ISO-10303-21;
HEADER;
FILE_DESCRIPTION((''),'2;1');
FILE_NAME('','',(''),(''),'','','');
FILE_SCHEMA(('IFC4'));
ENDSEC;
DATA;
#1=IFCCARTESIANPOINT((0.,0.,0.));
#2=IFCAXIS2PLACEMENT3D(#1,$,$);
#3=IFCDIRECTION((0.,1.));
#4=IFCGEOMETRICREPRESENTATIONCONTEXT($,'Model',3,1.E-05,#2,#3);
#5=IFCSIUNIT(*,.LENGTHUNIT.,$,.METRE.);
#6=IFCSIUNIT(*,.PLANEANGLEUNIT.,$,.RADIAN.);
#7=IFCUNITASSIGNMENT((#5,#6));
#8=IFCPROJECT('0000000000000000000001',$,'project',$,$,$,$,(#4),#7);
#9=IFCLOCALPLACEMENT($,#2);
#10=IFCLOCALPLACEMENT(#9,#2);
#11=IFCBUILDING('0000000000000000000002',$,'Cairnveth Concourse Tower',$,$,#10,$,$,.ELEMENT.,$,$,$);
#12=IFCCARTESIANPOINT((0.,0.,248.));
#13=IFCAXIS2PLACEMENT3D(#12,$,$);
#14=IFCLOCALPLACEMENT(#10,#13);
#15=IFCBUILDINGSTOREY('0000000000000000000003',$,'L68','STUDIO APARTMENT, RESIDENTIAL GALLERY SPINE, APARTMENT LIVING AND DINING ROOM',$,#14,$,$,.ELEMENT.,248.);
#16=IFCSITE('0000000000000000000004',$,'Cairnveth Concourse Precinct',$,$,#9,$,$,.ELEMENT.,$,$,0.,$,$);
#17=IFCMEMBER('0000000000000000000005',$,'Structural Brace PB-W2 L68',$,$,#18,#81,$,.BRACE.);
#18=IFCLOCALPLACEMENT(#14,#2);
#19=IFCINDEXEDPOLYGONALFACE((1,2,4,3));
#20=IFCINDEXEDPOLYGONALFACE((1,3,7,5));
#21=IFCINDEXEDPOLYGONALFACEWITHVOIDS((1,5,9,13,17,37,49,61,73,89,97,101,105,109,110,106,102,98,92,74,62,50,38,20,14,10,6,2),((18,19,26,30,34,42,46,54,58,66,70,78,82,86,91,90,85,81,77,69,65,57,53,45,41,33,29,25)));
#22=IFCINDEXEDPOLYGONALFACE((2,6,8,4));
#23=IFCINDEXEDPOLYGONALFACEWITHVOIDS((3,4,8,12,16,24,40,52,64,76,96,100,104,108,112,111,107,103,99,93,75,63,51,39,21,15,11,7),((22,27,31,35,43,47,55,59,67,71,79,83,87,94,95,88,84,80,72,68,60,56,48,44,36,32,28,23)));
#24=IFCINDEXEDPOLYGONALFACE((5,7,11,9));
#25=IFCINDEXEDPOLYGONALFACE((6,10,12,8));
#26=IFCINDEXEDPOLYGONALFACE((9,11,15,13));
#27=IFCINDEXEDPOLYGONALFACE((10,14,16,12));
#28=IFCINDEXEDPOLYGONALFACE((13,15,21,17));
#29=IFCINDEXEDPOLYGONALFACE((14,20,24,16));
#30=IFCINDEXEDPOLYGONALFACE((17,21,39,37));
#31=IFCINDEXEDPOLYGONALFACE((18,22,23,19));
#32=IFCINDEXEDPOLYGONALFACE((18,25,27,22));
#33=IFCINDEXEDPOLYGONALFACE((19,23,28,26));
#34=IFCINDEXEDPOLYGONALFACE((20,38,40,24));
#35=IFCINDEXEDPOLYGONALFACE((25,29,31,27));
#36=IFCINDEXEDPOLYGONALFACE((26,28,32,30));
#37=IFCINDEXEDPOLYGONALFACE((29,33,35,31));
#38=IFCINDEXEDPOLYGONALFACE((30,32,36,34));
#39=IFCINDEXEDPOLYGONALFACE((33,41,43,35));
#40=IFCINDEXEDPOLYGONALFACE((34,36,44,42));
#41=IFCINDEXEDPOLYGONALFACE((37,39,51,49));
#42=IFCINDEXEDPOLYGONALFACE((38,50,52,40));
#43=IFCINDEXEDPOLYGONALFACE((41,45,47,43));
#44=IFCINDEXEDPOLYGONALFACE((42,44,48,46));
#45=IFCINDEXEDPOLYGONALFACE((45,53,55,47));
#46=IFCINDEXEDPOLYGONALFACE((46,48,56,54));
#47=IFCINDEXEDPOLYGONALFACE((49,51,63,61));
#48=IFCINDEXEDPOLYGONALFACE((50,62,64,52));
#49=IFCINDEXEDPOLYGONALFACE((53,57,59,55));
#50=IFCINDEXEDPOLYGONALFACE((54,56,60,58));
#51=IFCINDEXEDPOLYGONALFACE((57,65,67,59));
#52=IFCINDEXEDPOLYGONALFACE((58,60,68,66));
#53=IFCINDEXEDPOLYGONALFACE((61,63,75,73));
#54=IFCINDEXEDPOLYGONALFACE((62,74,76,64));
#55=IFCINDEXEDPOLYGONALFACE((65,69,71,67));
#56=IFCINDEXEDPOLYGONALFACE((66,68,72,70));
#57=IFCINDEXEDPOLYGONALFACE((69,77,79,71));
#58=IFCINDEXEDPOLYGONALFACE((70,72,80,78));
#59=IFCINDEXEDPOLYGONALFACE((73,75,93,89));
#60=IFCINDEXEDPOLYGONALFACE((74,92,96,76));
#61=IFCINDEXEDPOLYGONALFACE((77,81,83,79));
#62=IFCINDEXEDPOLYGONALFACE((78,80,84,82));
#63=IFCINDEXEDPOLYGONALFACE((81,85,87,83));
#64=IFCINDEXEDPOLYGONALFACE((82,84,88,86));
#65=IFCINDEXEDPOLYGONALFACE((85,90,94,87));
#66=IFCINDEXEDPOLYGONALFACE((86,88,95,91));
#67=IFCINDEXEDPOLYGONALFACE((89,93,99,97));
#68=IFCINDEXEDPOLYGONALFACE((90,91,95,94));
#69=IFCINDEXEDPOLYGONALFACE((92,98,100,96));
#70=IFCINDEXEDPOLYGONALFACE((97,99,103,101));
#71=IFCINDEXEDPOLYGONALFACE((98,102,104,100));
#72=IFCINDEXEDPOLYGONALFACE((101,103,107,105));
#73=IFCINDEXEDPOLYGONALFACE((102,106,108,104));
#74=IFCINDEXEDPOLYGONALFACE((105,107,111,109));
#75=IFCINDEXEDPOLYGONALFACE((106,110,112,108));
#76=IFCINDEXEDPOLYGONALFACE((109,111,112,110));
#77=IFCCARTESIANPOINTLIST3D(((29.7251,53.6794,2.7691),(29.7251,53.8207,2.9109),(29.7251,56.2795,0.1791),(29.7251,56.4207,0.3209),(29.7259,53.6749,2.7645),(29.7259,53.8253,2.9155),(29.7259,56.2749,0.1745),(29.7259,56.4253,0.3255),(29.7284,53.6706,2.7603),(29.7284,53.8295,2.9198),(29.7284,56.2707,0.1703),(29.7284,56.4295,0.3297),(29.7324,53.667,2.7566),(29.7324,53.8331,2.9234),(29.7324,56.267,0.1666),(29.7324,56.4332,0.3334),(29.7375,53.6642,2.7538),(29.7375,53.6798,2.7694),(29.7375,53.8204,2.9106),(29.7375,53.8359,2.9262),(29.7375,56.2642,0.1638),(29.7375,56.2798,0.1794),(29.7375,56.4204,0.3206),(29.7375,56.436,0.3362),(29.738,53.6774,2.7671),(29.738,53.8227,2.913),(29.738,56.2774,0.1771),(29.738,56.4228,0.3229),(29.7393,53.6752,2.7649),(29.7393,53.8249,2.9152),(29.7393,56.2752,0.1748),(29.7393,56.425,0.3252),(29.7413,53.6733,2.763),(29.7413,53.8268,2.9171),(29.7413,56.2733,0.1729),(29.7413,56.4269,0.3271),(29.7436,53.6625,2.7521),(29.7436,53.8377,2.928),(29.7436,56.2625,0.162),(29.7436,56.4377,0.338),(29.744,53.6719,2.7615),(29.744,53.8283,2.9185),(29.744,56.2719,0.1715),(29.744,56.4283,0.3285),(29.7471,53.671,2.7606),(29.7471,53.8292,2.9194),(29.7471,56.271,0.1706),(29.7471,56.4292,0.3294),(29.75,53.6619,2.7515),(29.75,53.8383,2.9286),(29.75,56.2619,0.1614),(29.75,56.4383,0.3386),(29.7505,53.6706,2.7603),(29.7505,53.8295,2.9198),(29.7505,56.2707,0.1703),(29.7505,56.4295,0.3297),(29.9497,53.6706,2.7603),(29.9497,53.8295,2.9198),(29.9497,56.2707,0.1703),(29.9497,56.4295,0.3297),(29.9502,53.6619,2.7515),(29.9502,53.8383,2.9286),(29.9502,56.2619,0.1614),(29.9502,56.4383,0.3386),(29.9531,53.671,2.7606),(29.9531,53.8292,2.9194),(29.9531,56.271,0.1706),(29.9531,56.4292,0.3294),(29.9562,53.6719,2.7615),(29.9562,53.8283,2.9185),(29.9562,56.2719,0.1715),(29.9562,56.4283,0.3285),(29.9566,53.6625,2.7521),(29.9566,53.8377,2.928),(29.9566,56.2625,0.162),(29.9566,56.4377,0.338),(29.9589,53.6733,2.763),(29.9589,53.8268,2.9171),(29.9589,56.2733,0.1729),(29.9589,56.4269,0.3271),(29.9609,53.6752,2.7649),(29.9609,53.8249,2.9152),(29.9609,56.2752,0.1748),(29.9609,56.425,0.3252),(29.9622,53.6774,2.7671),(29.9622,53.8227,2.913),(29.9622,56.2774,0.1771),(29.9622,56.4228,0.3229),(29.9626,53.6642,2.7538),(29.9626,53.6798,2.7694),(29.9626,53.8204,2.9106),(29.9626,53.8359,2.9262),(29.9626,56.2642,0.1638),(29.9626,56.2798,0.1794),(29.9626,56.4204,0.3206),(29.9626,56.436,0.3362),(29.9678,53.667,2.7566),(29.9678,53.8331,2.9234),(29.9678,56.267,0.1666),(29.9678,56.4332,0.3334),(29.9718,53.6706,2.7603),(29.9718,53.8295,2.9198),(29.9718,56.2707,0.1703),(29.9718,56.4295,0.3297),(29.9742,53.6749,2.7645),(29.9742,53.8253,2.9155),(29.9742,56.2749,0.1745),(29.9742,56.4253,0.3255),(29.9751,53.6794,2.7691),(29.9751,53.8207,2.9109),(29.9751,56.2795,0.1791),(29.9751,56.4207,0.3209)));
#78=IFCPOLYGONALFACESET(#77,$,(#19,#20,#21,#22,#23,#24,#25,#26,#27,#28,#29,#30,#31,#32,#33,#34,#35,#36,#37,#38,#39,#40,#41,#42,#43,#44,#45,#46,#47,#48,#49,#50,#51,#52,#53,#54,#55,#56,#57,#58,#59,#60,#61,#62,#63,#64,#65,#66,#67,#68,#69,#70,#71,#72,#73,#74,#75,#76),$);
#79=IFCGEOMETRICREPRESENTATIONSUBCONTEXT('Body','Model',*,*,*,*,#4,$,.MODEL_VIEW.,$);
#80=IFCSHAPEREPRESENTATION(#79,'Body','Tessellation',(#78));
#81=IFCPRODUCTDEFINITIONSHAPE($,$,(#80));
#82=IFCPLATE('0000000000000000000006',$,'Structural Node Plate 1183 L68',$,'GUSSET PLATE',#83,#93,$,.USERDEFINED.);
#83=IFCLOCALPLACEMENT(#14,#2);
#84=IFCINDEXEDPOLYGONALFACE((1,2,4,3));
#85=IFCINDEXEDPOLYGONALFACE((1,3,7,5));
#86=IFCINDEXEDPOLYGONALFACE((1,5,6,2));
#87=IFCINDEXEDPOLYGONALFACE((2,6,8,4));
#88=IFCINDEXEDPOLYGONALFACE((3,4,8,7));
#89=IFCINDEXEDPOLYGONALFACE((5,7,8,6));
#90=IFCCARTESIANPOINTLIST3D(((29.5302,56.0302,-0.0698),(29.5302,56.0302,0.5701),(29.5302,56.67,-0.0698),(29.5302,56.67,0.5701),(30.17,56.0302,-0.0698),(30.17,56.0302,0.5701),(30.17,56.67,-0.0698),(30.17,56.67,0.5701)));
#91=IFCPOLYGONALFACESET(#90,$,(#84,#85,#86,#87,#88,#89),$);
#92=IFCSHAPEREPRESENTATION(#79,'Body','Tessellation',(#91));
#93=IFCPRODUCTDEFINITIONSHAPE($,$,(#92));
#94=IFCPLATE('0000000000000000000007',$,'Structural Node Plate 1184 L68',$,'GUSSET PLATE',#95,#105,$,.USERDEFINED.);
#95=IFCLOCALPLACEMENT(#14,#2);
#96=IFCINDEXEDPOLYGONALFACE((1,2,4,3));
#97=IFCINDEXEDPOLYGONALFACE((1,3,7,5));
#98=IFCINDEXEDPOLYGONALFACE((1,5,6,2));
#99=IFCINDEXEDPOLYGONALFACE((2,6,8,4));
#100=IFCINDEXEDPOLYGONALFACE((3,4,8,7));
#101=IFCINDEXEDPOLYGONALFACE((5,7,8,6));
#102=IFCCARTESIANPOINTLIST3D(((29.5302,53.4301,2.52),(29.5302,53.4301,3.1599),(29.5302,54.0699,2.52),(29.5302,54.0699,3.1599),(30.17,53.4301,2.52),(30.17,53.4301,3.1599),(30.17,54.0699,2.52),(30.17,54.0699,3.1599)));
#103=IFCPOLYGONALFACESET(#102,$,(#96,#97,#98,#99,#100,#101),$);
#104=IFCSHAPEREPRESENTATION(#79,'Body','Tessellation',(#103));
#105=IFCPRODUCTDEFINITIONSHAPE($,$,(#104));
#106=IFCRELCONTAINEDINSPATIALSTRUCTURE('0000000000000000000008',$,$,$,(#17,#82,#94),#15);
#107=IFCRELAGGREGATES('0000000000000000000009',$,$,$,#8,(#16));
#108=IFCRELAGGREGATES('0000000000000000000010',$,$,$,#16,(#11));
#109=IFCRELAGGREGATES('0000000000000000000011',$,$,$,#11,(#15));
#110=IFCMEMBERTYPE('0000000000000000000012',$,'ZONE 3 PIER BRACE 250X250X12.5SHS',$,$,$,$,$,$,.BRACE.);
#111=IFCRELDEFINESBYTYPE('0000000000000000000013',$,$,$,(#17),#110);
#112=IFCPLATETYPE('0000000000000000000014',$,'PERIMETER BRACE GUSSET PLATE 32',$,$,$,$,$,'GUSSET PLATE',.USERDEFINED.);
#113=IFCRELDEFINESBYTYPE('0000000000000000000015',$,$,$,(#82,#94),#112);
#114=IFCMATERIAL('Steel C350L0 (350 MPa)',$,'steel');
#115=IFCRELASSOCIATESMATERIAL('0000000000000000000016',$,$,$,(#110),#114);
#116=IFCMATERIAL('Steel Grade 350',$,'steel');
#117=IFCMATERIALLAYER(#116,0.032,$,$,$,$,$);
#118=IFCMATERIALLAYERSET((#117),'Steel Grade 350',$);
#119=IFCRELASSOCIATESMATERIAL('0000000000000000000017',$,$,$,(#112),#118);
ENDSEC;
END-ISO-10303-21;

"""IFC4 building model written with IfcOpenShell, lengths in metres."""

from ifc_helpers import new_model, si_unit, direction, frame, origin, origin_2d, place, context, subcontext, project, spatial, rectangle, hollow_rectangle, extrude, material, layer, layer_set, material_profile, profile_set, type_object, element, save


model = new_model("IFC4")

# Units and contexts
model_context = context("Model", 3, precision=1e-05, world=origin(), true_north=direction((0.0, 1.0)))
body_context = subcontext(model_context, "Body", "Model", "MODEL_VIEW")
ifc_project = project(units=[si_unit("LENGTHUNIT", "METRE"), si_unit("PLANEANGLEUNIT", "RADIAN")], contexts=[model_context])

# Site, building, storey
site_placement = place(None, origin())
site = spatial("IfcSite", under=ifc_project, at=site_placement, Name="Cairnveth Concourse Precinct", CompositionType="ELEMENT", RefElevation=0.0)
building_placement = place(site_placement, origin())
building = spatial("IfcBuilding", under=site, at=building_placement, Name="Cairnveth Concourse Tower", CompositionType="ELEMENT")
storey_placement = place(building_placement, frame((0.0, 0.0, 248.0)))
storey = spatial("IfcBuildingStorey", under=building, at=storey_placement, Name="L68", Description="STUDIO APARTMENT, RESIDENTIAL GALLERY SPINE, APARTMENT LIVING AND DINING ROOM", CompositionType="ELEMENT", Elevation=248.0)

# Member
ifc_material_1 = material(Name="Steel C350L0 (350 MPa)", Category="steel")
ifc_material_profile = material_profile(ifc_material_1, hollow_rectangle(XDim=0.25, YDim=0.25, WallThickness=0.0125, InnerFilletRadius=0.0129, OuterFilletRadius=0.0249, at=origin_2d()), Name="250x250x12.5SHS")
ifc_profile_set = profile_set([ifc_material_profile], Name="Steel C350L0 (350 MPa)")
member_type = type_object("IfcMemberType", Name="ZONE 3 PIER BRACE 250X250X12.5SHS", PredefinedType="BRACE", material=ifc_profile_set)
member_placement = place(storey_placement, frame((29.8501, 56.3501, 0.25), z_axis=(0.0, -0.708469, 0.705742), x_axis=(1.0, 0.0, 0.0)))
element("IfcMember", 1, at=member_placement, inside=storey, type_object=member_type, Name="Structural Brace PB-W2 L68", PredefinedType="BRACE", context=body_context, shape_type="SweptSolid", body=[
    extrude(hollow_rectangle(XDim=0.25, YDim=0.25, WallThickness=0.0125, InnerFilletRadius=0.0129, OuterFilletRadius=0.0249, at=origin_2d()), origin(), (0.0, 0.0, 1.0), 3.6699),
])

# Plates
ifc_material_2 = material(Name="Steel Grade 350", Category="steel")
ifc_layer_1 = layer(ifc_material_2, 0.032)
ifc_layer_set_1 = layer_set([ifc_layer_1], Name="Steel Grade 350")
plate_type = type_object("IfcPlateType", Name="PERIMETER BRACE GUSSET PLATE 32", ElementType="GUSSET PLATE", PredefinedType="USERDEFINED", material=ifc_layer_set_1)
for number, where, z_axis, x_axis, name in (
    (2, (29.8501, 56.3501, -0.0698), (0.0, 0.0, 1.0), (1.0, 0.0, 0.0), "Structural Node Plate 1183 L68"),
    (3, (29.8501, 53.75, 2.52), (0.0, 0.0, 1.0), (1.0, 0.0, 0.0), "Structural Node Plate 1184 L68"),
):
    element("IfcPlate", number, at=place(storey_placement, frame(where, z_axis=z_axis, x_axis=x_axis)), inside=storey, type_object=plate_type, Name=name, ObjectType="GUSSET PLATE", PredefinedType="USERDEFINED", context=body_context, shape_type="SweptSolid", body=[
        extrude(rectangle(XDim=0.6399, YDim=0.6399, at=origin_2d()), origin(), (0.0, 0.0, 1.0), 0.6399),
    ])

save(model, "model.ifc")
